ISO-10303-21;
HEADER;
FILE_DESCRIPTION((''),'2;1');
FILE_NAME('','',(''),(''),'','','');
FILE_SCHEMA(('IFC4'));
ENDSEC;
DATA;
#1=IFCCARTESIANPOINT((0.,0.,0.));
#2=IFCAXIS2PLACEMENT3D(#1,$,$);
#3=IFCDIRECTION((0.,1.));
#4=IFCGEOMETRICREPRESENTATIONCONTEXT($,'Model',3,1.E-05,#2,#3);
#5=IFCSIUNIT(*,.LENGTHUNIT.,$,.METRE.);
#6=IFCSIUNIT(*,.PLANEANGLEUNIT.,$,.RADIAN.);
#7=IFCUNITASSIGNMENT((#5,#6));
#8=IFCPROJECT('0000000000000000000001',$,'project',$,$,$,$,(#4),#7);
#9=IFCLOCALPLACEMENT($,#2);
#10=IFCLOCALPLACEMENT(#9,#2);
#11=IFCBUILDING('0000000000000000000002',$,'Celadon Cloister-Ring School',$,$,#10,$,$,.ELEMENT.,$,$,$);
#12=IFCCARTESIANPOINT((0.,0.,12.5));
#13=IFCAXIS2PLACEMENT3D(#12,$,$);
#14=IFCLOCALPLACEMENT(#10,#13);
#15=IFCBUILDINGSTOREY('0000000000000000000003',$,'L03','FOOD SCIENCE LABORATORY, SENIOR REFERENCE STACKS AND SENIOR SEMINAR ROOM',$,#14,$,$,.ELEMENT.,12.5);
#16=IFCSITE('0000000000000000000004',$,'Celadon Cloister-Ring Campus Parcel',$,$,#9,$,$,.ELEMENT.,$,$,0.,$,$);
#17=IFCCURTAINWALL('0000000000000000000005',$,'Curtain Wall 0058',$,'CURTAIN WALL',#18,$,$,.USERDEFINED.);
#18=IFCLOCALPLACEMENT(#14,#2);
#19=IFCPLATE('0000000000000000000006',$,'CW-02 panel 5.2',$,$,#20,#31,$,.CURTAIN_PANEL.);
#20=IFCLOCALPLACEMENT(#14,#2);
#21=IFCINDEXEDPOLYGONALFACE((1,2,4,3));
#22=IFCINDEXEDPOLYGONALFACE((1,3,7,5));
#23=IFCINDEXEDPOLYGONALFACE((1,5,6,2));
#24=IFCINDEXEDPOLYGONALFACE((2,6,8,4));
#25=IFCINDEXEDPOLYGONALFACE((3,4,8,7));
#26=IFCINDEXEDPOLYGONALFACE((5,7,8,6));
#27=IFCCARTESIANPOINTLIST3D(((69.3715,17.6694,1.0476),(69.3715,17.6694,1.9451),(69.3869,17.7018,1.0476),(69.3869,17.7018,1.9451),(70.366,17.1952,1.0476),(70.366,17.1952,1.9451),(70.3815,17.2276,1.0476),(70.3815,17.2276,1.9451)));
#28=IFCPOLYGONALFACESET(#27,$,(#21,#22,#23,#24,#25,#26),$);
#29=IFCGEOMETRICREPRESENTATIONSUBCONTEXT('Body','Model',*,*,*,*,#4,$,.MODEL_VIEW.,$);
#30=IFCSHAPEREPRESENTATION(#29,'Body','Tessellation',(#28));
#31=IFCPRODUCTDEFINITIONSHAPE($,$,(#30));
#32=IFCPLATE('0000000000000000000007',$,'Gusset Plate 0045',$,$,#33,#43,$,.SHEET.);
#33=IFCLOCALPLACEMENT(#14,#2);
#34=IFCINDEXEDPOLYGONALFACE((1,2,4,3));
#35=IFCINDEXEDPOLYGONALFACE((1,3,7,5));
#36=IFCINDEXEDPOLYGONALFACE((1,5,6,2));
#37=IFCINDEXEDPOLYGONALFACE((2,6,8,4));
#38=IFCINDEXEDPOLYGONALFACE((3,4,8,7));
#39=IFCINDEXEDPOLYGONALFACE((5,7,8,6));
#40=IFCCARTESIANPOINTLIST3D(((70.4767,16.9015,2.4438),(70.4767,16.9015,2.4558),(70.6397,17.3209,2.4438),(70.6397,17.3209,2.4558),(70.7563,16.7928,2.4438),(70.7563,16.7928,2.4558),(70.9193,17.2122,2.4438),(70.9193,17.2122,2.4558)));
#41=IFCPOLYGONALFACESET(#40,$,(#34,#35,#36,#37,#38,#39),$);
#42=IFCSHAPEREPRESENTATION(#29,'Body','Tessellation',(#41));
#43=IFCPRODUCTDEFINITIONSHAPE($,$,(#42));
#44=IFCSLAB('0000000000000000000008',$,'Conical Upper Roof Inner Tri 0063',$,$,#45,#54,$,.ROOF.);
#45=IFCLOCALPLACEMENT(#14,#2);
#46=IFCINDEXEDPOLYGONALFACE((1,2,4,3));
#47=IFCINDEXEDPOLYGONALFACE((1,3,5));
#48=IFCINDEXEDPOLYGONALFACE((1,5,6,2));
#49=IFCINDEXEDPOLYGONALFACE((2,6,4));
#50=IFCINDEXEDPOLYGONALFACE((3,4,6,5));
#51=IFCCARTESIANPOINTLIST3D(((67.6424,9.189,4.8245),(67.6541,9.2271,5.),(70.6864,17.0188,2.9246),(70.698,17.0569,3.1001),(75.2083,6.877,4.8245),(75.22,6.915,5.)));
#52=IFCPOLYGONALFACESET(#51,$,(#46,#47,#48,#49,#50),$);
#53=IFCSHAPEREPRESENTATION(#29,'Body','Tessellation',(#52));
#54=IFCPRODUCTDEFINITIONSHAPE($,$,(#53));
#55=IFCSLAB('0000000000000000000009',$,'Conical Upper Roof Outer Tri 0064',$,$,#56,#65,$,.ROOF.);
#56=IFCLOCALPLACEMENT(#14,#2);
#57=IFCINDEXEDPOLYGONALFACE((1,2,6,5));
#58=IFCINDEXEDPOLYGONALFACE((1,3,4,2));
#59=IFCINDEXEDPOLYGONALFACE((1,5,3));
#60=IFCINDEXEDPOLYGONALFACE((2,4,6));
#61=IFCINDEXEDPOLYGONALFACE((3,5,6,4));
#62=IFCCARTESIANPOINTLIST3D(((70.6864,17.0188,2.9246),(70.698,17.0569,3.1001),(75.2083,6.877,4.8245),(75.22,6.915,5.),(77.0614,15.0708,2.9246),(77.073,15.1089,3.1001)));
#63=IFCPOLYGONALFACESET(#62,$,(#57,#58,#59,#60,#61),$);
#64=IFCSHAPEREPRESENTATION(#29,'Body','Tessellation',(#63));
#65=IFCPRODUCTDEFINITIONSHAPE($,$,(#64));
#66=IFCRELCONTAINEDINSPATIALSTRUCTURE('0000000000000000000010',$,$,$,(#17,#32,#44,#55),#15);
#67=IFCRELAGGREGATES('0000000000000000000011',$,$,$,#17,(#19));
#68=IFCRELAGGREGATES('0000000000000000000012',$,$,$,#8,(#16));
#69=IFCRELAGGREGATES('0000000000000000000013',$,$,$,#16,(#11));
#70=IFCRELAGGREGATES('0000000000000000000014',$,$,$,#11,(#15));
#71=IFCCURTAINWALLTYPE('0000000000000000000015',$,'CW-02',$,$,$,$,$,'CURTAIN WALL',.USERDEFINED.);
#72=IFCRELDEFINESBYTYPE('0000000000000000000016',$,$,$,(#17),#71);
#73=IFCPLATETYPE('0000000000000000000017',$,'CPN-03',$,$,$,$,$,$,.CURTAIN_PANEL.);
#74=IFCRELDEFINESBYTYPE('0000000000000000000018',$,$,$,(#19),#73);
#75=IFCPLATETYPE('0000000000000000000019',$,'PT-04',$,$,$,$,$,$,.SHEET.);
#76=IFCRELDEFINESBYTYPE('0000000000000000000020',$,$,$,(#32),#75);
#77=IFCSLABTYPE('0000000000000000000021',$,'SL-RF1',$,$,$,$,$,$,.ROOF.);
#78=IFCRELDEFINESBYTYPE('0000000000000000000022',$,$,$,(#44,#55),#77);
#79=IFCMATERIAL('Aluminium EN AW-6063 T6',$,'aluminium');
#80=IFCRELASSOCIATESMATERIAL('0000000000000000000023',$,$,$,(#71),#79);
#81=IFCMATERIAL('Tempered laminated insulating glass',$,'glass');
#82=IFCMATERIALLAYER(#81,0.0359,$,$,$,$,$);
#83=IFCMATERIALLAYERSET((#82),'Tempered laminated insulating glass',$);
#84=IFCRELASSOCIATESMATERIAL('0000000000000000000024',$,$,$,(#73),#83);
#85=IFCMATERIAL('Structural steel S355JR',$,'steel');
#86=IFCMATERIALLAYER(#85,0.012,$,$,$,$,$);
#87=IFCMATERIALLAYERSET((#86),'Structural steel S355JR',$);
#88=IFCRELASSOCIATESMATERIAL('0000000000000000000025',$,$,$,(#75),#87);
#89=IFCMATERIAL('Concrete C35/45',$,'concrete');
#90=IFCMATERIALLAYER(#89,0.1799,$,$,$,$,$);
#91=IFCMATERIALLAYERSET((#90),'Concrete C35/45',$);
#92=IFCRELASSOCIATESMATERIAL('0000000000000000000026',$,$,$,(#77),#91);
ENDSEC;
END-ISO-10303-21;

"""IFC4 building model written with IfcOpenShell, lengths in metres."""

from ifc_helpers import new_model, si_unit, direction, frame, origin, origin_2d, place, context, subcontext, project, spatial, polyline, rectangle, outline, extrude, material, layer, layer_set, type_object, element, aggregate, save


model = new_model("IFC4")

# Units and contexts
model_context = context("Model", 3, precision=1e-05, world=origin(), true_north=direction((0.0, 1.0)))
body_context = subcontext(model_context, "Body", "Model", "MODEL_VIEW")
ifc_project = project(units=[si_unit("LENGTHUNIT", "METRE"), si_unit("PLANEANGLEUNIT", "RADIAN")], contexts=[model_context])

# Site, building, storey
site_placement = place(None, origin())
site = spatial("IfcSite", under=ifc_project, at=site_placement, Name="Celadon Cloister-Ring Campus Parcel", CompositionType="ELEMENT", RefElevation=0.0)
building_placement = place(site_placement, origin())
building = spatial("IfcBuilding", under=site, at=building_placement, Name="Celadon Cloister-Ring School", CompositionType="ELEMENT")
storey_placement = place(building_placement, frame((0.0, 0.0, 12.5)))
storey = spatial("IfcBuildingStorey", under=building, at=storey_placement, Name="L03", Description="FOOD SCIENCE LABORATORY, SENIOR REFERENCE STACKS AND SENIOR SEMINAR ROOM", CompositionType="ELEMENT", Elevation=12.5)

# Curtain wall
ifc_material_1 = material(Name="Aluminium EN AW-6063 T6", Category="aluminium")
curtain_wall_type = type_object("IfcCurtainWallType", Name="CW-02", ElementType="CURTAIN WALL", PredefinedType="USERDEFINED", material=ifc_material_1)
curtain_wall_1_placement = place(storey_placement, origin())
curtain_wall_1 = element("IfcCurtainWall", 1, at=curtain_wall_1_placement, inside=storey, type_object=curtain_wall_type, Name="Curtain Wall 0058", ObjectType="CURTAIN WALL", PredefinedType="USERDEFINED")

# Plates
ifc_material_2 = material(Name="Tempered laminated insulating glass", Category="glass")
ifc_layer_1 = layer(ifc_material_2, 0.0359)
ifc_layer_set_1 = layer_set([ifc_layer_1], Name="Tempered laminated insulating glass")
plate_type_1 = type_object("IfcPlateType", Name="CPN-03", PredefinedType="CURTAIN_PANEL", material=ifc_layer_set_1)
plate_1_placement = place(storey_placement, frame((69.8765, 17.4485, 1.0476), z_axis=(0.0, 0.0, 1.0), x_axis=(0.902652, -0.430372, 0.0)))
plate_1 = element("IfcPlate", 2, at=plate_1_placement, type_object=plate_type_1, Name="CW-02 panel 5.2", PredefinedType="CURTAIN_PANEL", context=body_context, shape_type="SweptSolid", body=[
    extrude(rectangle(XDim=1.1018, YDim=0.0359, at=origin_2d()), origin(), (0.0, 0.0, 1.0), 0.8975),
])
aggregate(curtain_wall_1, [plate_1])
ifc_material_3 = material(Name="Structural steel S355JR", Category="steel")
ifc_layer_2 = layer(ifc_material_3, 0.012)
ifc_layer_set_2 = layer_set([ifc_layer_2], Name="Structural steel S355JR")
plate_type_2 = type_object("IfcPlateType", Name="PT-04", PredefinedType="SHEET", material=ifc_layer_set_2)
plate_2_placement = place(storey_placement, frame((70.698, 17.0569, 2.4438), z_axis=(0.0, 0.0, 1.0), x_axis=(-0.362275, -0.932071, 0.0)))
element("IfcPlate", 3, at=plate_2_placement, inside=storey, type_object=plate_type_2, Name="Gusset Plate 0045", PredefinedType="SHEET", context=body_context, shape_type="SweptSolid", body=[
    extrude(rectangle(XDim=0.45, YDim=0.3, at=origin_2d()), origin(), (0.0, 0.0, 1.0), 0.012),
])

# Slabs
ifc_material_4 = material(Name="Concrete C35/45", Category="concrete")
ifc_layer_3 = layer(ifc_material_4, 0.1799)
ifc_layer_set_3 = layer_set([ifc_layer_3], Name="Concrete C35/45")
slab_type = type_object("IfcSlabType", Name="SL-RF1", PredefinedType="ROOF", material=ifc_layer_set_3)
slab_1_placement = place(storey_placement, frame((70.698, 17.0569, 3.1001), z_axis=(0.064635, 0.211513, 0.975236), x_axis=(-0.353418, -0.909085, 0.220589)))
element("IfcSlab", 4, at=slab_1_placement, inside=storey, type_object=slab_type, Name="Conical Upper Roof Inner Tri 0063", PredefinedType="ROOF", context=body_context, shape_type="SweptSolid", body=[
    extrude(outline(polyline([(0.0, 0.0), (8.6129, 0.0), (8.0408, 7.8906), (0.0, 0.0)])), origin(), (0.0, 0.0, -1.0), 0.1799),
])
slab_2_placement = place(storey_placement, frame((70.698, 17.0569, 3.1001), z_axis=(0.064631, 0.211511, 0.975236), x_axis=(0.401395, -0.900245, 0.168646)))
element("IfcSlab", 5, at=slab_2_placement, inside=storey, type_object=slab_type, Name="Conical Upper Roof Outer Tri 0064", PredefinedType="ROOF", context=body_context, shape_type="SweptSolid", body=[
    extrude(outline(polyline([(0.0, 0.0), (11.2657, 0.0), (4.3126, 5.083), (0.0, 0.0)])), origin(), (0.0, 0.0, -1.0), 0.1799),
])

save(model, "model.ifc")
